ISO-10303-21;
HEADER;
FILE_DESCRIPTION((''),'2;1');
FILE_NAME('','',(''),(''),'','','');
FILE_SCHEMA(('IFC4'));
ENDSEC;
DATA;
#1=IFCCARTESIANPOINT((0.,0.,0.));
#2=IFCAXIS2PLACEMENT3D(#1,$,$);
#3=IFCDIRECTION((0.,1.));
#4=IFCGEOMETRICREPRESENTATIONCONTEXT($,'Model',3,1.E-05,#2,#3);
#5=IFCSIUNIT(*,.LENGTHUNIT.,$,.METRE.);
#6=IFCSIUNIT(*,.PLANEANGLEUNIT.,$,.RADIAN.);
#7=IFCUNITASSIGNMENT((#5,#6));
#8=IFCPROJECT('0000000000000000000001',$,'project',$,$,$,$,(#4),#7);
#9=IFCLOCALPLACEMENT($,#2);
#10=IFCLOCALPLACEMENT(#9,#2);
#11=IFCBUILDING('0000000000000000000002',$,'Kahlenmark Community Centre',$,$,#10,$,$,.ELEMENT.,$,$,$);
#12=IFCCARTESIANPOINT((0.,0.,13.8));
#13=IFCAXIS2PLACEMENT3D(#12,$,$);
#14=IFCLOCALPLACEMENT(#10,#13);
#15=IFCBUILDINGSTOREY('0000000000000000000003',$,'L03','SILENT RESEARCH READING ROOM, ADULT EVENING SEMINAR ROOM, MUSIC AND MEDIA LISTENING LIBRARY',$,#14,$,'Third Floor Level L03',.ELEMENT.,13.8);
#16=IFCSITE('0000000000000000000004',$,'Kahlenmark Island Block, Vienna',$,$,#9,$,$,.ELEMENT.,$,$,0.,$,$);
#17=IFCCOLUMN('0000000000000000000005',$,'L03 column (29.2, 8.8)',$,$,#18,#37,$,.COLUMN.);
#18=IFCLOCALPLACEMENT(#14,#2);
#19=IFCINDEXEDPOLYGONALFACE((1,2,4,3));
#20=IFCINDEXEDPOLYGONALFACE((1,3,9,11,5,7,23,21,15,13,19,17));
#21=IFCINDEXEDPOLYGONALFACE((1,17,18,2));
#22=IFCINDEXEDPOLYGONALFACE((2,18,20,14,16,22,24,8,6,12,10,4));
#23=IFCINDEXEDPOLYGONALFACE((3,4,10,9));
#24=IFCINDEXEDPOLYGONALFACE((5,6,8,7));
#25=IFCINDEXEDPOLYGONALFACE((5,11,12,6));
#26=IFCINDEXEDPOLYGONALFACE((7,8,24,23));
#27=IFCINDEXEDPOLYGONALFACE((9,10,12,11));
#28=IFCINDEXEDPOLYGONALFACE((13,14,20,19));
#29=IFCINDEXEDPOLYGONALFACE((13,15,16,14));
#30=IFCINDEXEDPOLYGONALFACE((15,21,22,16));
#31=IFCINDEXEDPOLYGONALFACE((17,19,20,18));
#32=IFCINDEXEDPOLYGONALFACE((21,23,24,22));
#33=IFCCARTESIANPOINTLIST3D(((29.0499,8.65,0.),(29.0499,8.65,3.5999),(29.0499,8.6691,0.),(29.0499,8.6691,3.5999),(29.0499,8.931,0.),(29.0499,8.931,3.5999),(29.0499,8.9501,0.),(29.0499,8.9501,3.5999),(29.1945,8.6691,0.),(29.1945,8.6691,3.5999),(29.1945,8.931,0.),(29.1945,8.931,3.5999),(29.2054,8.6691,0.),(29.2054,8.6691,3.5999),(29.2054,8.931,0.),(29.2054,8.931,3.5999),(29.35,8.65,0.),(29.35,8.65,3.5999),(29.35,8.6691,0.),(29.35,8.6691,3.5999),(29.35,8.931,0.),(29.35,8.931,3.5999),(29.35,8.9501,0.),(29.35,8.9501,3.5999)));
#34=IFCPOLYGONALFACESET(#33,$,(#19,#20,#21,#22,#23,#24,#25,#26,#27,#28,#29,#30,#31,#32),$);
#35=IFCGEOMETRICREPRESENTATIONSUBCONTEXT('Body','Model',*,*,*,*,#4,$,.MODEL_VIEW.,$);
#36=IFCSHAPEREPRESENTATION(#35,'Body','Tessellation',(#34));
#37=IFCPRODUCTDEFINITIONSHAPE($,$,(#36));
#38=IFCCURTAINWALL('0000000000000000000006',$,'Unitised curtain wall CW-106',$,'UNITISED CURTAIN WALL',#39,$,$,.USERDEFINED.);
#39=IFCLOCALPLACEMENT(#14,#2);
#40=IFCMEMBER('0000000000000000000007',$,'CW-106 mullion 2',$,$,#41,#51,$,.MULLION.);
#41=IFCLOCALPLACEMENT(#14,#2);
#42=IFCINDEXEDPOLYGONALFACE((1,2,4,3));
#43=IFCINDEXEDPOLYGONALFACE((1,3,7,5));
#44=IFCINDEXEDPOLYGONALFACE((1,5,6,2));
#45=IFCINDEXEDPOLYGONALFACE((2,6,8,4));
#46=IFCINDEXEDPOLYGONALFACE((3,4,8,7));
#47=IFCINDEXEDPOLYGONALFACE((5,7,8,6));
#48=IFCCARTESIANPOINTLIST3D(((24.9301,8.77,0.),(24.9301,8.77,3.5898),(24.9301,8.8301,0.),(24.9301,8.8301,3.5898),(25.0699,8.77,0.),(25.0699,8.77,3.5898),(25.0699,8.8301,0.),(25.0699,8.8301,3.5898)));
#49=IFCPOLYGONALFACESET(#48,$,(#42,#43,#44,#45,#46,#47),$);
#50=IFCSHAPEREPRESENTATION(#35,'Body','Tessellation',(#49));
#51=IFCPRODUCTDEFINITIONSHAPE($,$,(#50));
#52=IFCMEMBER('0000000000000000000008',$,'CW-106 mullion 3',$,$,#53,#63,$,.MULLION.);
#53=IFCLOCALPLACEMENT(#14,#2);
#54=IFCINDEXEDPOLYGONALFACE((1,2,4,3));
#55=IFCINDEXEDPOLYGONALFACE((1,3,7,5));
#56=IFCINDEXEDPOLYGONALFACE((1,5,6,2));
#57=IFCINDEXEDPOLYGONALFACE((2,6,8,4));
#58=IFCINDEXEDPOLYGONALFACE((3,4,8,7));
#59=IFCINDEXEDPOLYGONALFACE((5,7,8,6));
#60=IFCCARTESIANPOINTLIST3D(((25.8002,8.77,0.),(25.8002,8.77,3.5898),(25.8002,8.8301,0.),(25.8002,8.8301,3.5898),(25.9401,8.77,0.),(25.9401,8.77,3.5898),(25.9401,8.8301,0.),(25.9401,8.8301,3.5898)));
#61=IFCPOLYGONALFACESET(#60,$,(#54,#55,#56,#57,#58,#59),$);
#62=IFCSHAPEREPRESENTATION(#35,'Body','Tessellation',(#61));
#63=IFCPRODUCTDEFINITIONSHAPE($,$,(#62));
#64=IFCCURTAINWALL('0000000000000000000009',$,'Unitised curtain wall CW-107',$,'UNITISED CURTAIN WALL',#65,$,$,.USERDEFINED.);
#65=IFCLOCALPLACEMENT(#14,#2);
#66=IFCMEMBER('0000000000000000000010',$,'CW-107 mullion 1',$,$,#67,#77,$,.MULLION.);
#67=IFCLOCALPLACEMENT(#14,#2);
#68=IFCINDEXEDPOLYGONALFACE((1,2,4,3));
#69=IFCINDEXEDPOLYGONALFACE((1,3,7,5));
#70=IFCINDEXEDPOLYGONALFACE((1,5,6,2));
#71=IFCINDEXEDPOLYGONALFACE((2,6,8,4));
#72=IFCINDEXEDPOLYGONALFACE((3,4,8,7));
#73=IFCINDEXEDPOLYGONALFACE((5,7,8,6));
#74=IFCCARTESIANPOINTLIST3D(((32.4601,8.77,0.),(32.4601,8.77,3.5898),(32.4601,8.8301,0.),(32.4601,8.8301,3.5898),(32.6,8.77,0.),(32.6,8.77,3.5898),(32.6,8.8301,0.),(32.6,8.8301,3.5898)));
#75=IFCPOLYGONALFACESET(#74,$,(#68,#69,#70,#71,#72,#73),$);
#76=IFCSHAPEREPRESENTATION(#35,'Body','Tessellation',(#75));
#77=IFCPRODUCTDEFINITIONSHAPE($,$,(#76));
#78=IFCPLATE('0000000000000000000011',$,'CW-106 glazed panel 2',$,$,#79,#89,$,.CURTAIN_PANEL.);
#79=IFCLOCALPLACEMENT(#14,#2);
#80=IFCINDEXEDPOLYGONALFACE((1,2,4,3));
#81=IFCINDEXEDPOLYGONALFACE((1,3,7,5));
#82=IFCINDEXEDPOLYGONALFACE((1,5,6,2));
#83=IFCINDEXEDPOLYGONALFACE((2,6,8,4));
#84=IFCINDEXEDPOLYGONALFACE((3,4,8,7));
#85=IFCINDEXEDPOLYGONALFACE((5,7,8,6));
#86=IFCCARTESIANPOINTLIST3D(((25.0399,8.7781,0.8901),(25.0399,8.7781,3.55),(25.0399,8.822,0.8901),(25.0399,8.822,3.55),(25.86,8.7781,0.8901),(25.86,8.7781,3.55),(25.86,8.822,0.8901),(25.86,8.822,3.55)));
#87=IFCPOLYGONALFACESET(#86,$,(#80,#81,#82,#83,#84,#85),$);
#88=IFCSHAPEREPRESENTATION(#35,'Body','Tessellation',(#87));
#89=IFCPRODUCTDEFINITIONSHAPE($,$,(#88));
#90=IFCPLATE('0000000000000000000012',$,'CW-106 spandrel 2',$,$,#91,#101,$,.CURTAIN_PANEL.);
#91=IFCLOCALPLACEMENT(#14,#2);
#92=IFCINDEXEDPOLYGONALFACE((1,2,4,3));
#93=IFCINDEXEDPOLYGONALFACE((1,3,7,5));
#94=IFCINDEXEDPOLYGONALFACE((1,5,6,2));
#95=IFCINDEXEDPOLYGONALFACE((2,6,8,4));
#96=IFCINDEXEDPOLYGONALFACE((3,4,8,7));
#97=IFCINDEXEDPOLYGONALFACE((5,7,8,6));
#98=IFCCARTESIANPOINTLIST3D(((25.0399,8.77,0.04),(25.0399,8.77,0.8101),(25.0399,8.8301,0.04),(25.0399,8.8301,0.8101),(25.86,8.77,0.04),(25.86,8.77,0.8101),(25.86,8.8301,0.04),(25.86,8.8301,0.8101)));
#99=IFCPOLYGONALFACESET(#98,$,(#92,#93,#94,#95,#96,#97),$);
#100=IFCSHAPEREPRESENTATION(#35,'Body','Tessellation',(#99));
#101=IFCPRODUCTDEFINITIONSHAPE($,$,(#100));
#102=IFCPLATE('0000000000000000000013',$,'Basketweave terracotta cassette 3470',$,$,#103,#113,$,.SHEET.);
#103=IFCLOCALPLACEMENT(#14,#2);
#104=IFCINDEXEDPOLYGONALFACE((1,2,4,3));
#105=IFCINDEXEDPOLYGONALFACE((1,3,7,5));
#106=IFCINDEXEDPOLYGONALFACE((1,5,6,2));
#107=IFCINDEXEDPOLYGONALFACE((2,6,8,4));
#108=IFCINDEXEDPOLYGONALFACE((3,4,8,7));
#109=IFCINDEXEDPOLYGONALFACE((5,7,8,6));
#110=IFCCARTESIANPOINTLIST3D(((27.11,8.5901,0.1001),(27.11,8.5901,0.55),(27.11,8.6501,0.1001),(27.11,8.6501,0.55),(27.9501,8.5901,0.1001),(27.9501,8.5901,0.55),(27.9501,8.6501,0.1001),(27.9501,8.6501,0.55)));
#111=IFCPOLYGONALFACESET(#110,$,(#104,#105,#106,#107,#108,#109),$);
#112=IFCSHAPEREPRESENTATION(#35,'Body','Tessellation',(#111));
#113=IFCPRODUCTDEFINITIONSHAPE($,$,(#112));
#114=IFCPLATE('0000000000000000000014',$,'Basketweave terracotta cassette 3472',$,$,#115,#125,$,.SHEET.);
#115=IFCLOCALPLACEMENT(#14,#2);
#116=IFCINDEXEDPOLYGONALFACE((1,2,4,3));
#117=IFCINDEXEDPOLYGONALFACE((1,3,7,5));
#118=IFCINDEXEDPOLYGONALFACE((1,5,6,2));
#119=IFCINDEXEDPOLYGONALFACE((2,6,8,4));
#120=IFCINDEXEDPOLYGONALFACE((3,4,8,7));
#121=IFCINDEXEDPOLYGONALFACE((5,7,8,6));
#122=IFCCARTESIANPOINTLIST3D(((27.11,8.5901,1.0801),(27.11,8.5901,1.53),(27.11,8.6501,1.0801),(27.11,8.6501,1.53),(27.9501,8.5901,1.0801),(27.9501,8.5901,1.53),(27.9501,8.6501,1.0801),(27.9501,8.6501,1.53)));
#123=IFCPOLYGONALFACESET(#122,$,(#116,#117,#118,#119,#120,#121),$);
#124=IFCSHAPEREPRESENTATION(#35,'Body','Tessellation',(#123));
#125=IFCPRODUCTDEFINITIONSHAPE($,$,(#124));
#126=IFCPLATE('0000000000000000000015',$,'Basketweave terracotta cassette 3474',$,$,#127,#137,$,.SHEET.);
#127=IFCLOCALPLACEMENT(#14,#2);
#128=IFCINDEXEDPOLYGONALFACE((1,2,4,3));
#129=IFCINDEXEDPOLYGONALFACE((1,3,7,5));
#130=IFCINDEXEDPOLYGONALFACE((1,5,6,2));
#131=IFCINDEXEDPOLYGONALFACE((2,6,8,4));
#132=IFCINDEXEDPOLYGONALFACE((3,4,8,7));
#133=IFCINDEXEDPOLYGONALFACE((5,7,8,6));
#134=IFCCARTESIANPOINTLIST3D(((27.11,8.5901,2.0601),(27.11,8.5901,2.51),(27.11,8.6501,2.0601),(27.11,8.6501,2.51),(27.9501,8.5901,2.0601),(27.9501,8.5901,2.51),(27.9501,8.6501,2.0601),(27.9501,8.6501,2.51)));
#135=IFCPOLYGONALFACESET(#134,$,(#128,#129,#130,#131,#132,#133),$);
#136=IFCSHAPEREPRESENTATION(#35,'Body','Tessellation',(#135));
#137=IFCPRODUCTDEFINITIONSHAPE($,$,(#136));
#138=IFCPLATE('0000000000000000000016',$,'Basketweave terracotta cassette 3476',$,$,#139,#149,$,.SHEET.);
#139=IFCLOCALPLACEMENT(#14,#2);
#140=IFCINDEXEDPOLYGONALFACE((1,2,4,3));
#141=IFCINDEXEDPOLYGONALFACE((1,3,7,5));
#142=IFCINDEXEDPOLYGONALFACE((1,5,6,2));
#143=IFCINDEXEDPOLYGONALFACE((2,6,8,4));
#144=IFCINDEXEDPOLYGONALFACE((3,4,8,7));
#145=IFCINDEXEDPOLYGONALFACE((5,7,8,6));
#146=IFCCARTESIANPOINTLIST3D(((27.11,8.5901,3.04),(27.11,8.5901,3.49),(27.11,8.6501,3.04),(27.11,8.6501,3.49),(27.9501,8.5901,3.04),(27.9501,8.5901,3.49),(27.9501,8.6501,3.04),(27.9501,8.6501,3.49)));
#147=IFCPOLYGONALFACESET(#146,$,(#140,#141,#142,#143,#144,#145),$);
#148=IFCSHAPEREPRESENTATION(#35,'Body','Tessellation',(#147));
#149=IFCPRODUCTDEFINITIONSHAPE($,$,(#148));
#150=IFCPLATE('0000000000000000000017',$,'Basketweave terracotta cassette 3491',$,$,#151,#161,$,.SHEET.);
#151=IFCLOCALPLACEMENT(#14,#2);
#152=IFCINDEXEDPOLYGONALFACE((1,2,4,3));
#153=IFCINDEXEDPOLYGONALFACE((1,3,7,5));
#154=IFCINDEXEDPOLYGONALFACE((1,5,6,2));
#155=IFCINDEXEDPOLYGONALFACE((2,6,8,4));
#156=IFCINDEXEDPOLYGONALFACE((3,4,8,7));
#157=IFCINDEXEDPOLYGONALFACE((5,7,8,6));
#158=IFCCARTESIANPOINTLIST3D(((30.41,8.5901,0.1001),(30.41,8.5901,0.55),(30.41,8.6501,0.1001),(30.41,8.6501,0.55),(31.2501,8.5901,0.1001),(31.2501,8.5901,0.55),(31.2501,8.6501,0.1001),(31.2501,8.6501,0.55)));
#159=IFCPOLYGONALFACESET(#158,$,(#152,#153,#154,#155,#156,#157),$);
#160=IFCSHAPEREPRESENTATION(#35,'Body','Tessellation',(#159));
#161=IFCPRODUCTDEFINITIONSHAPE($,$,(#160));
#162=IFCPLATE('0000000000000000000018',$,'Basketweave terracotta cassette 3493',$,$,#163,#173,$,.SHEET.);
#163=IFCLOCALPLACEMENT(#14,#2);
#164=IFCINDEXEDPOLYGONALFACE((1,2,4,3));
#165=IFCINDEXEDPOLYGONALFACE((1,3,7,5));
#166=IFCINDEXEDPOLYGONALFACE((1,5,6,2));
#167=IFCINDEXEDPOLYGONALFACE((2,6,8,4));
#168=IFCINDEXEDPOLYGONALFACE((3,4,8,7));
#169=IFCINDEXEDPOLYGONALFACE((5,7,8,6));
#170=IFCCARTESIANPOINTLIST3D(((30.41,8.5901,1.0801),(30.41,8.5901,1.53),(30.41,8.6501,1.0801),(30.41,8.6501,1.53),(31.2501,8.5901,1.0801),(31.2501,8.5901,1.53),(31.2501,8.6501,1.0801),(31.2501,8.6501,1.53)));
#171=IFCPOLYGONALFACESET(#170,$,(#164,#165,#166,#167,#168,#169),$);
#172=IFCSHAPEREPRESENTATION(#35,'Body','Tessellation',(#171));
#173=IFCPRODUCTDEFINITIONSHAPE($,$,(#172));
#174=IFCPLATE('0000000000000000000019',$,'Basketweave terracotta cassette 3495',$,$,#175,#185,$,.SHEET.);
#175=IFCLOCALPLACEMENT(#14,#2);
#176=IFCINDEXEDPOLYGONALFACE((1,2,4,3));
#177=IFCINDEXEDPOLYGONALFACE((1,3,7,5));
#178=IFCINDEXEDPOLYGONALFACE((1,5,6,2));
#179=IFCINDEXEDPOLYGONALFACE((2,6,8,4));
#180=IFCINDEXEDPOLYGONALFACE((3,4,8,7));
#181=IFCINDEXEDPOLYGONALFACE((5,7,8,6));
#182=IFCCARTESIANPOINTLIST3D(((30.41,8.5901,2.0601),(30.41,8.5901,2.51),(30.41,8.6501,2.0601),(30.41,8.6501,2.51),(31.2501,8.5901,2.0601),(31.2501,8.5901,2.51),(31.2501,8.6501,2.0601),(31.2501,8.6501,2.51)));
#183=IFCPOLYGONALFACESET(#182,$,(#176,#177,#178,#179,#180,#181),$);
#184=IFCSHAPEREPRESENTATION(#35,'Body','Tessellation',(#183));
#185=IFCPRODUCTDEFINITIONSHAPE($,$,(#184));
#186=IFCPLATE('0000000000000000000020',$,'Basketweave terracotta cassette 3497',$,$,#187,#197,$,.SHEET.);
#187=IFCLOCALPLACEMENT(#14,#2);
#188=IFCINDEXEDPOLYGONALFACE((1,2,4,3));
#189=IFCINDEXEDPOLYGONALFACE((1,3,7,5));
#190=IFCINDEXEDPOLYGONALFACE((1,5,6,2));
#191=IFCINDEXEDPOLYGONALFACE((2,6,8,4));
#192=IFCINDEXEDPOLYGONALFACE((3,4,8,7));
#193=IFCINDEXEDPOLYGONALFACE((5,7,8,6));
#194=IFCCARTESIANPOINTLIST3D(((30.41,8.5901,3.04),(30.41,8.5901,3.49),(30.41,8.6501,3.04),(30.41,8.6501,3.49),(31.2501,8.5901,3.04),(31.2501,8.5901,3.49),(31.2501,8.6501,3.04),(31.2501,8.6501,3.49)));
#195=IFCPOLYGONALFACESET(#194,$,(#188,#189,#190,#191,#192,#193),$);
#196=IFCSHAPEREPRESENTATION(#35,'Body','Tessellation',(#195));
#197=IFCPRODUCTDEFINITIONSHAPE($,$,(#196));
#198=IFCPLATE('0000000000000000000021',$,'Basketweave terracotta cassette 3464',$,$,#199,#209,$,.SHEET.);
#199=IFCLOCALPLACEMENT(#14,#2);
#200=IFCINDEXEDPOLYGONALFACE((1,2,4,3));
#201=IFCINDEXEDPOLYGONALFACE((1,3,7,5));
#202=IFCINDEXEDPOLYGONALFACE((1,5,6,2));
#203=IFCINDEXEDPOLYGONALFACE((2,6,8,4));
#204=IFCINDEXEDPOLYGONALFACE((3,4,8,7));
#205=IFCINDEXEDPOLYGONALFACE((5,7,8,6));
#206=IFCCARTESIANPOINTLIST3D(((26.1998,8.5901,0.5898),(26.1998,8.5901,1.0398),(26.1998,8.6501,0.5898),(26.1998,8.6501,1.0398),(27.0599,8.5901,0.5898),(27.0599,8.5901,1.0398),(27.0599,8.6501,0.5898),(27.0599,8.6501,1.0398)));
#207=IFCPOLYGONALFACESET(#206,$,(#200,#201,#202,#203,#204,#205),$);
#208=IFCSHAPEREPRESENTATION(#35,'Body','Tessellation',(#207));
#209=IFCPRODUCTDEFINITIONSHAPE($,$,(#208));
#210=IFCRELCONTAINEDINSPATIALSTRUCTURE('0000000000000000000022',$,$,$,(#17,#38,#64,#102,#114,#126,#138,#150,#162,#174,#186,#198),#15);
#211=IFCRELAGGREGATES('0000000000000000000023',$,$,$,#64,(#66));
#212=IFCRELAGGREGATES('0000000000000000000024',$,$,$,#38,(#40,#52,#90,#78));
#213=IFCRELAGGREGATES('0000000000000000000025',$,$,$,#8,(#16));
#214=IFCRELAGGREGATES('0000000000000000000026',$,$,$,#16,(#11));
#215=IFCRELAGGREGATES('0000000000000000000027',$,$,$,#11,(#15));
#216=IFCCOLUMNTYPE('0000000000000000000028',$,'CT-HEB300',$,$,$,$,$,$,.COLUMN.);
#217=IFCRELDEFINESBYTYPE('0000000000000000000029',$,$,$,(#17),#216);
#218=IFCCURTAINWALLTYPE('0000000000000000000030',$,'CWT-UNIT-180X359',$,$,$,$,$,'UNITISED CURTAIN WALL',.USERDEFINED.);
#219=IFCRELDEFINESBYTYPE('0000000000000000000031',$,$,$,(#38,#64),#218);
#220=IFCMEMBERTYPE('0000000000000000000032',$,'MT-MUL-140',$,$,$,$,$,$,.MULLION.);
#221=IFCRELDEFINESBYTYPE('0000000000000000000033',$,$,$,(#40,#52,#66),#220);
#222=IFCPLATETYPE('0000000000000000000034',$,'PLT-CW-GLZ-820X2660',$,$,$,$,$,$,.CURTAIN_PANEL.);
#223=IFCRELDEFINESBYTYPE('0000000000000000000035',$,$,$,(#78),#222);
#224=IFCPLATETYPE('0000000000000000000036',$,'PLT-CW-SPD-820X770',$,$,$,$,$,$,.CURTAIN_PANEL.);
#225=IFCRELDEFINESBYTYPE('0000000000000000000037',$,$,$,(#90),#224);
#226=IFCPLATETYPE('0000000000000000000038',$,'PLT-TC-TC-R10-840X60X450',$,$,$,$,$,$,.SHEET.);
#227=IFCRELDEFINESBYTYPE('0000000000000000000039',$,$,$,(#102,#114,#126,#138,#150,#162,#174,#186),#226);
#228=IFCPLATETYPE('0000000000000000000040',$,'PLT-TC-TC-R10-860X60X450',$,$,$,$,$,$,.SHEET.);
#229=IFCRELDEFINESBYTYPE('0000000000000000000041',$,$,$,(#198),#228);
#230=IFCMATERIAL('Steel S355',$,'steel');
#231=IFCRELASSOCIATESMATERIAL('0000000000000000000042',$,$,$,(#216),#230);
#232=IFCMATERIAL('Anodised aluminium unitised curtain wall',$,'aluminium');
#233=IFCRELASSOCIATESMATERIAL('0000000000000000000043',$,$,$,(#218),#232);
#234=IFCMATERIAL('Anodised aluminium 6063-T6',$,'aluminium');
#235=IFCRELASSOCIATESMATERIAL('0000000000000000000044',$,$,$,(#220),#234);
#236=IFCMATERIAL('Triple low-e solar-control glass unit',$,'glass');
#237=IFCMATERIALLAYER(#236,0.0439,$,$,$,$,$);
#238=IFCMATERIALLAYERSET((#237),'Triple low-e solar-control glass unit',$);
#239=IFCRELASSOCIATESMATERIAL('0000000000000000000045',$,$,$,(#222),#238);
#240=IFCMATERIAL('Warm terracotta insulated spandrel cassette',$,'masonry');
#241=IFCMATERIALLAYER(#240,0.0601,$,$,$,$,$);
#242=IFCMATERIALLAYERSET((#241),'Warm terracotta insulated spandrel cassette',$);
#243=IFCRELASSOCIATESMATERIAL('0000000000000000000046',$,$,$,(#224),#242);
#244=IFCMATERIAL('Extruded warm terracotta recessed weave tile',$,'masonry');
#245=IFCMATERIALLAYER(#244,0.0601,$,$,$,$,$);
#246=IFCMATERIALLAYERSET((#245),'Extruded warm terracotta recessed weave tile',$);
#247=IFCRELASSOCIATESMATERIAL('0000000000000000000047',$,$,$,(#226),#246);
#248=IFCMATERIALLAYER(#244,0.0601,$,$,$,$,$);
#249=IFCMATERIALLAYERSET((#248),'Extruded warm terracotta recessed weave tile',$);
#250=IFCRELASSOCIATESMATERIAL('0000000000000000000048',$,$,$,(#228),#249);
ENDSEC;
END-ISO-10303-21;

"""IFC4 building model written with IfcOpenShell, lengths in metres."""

from ifc_helpers import new_model, si_unit, direction, frame, origin, origin_2d, place, context, subcontext, project, spatial, rectangle, i_section, extrude, material, layer, layer_set, material_profile, profile_set, type_object, element, aggregate, save


model = new_model("IFC4")

# Units and contexts
model_context = context("Model", 3, precision=1e-05, world=origin(), true_north=direction((0.0, 1.0)))
body_context = subcontext(model_context, "Body", "Model", "MODEL_VIEW")
ifc_project = project(units=[si_unit("LENGTHUNIT", "METRE"), si_unit("PLANEANGLEUNIT", "RADIAN")], contexts=[model_context])

# Site, building, storey
site_placement = place(None, origin())
site = spatial("IfcSite", under=ifc_project, at=site_placement, Name="Kahlenmark Island Block, Vienna", CompositionType="ELEMENT", RefElevation=0.0)
building_placement = place(site_placement, origin())
building = spatial("IfcBuilding", under=site, at=building_placement, Name="Kahlenmark Community Centre", CompositionType="ELEMENT")
storey_placement = place(building_placement, frame((0.0, 0.0, 13.8)))
storey = spatial("IfcBuildingStorey", under=building, at=storey_placement, Name="L03", Description="SILENT RESEARCH READING ROOM, ADULT EVENING SEMINAR ROOM, MUSIC AND MEDIA LISTENING LIBRARY", LongName="Third Floor Level L03", CompositionType="ELEMENT", Elevation=13.8)

# Column
ifc_material_1 = material(Name="Steel S355", Category="steel")
ifc_material_profile_1 = material_profile(ifc_material_1, i_section(OverallWidth=0.3, OverallDepth=0.3, WebThickness=0.011, FlangeThickness=0.019, at=origin_2d()), Name="HEB 300")
ifc_profile_set_1 = profile_set([ifc_material_profile_1], Name="Steel S355")
column_type = type_object("IfcColumnType", Name="CT-HEB300", PredefinedType="COLUMN", material=ifc_profile_set_1)
column_placement = place(storey_placement, frame((29.2, 8.8, 0.0), z_axis=(0.0, 0.0, 1.0), x_axis=(1.0, 0.0, 0.0)))
element("IfcColumn", 1, at=column_placement, inside=storey, type_object=column_type, Name="L03 column (29.2, 8.8)", PredefinedType="COLUMN", context=body_context, shape_type="SweptSolid", body=[
    extrude(i_section(OverallWidth=0.3, OverallDepth=0.3, WebThickness=0.011, FlangeThickness=0.019, at=origin_2d()), origin(), (0.0, 0.0, 1.0), 3.5999),
])

# Curtain wall, members
ifc_material_2 = material(Name="Anodised aluminium unitised curtain wall", Category="aluminium")
curtain_wall_type = type_object("IfcCurtainWallType", Name="CWT-UNIT-180X359", ElementType="UNITISED CURTAIN WALL", PredefinedType="USERDEFINED", material=ifc_material_2)
curtain_wall_1_placement = place(storey_placement, origin())
curtain_wall_1 = element("IfcCurtainWall", 2, at=curtain_wall_1_placement, inside=storey, type_object=curtain_wall_type, Name="Unitised curtain wall CW-106", ObjectType="UNITISED CURTAIN WALL", PredefinedType="USERDEFINED")
ifc_material_3 = material(Name="Anodised aluminium 6063-T6", Category="aluminium")
ifc_material_profile_2 = material_profile(ifc_material_3, rectangle(XDim=0.0601, YDim=0.1399, at=origin_2d()), Name="ALU MULLION 60x140")
ifc_profile_set_2 = profile_set([ifc_material_profile_2], Name="Anodised aluminium 6063-T6")
member_type = type_object("IfcMemberType", Name="MT-MUL-140", PredefinedType="MULLION", material=ifc_profile_set_2)
member_1_placement = place(storey_placement, frame((25.0, 8.8, 0.0), z_axis=(0.0, 0.0, 1.0), x_axis=(0.0, 1.0, 0.0)))
member_1 = element("IfcMember", 3, at=member_1_placement, type_object=member_type, Name="CW-106 mullion 2", PredefinedType="MULLION", context=body_context, shape_type="SweptSolid", body=[
    extrude(rectangle(XDim=0.0601, YDim=0.1399, at=origin_2d()), origin(), (0.0, 0.0, 1.0), 3.5898),
])
member_2_placement = place(storey_placement, frame((25.8701, 8.8, 0.0), z_axis=(0.0, 0.0, 1.0), x_axis=(0.0, 1.0, 0.0)))
member_2 = element("IfcMember", 4, at=member_2_placement, type_object=member_type, Name="CW-106 mullion 3", PredefinedType="MULLION", context=body_context, shape_type="SweptSolid", body=[
    extrude(rectangle(XDim=0.0601, YDim=0.1399, at=origin_2d()), origin(), (0.0, 0.0, 1.0), 3.5898),
])

# Curtain wall, member
curtain_wall_2_placement = place(storey_placement, origin())
curtain_wall_2 = element("IfcCurtainWall", 5, at=curtain_wall_2_placement, inside=storey, type_object=curtain_wall_type, Name="Unitised curtain wall CW-107", ObjectType="UNITISED CURTAIN WALL", PredefinedType="USERDEFINED")
member_3_placement = place(storey_placement, frame((32.53, 8.8, 0.0), z_axis=(0.0, 0.0, 1.0), x_axis=(0.0, 1.0, 0.0)))
member_3 = element("IfcMember", 6, at=member_3_placement, type_object=member_type, Name="CW-107 mullion 1", PredefinedType="MULLION", context=body_context, shape_type="SweptSolid", body=[
    extrude(rectangle(XDim=0.0601, YDim=0.1399, at=origin_2d()), origin(), (0.0, 0.0, 1.0), 3.5898),
])
aggregate(curtain_wall_2, [member_3])

# Plates
ifc_material_4 = material(Name="Triple low-e solar-control glass unit", Category="glass")
ifc_layer_1 = layer(ifc_material_4, 0.0439)
ifc_layer_set_1 = layer_set([ifc_layer_1], Name="Triple low-e solar-control glass unit")
plate_type_1 = type_object("IfcPlateType", Name="PLT-CW-GLZ-820X2660", PredefinedType="CURTAIN_PANEL", material=ifc_layer_set_1)
plate_1_placement = place(storey_placement, frame((25.45, 8.8, 0.8901), z_axis=(0.0, 0.0, 1.0), x_axis=(1.0, 0.0, 0.0)))
plate_1 = element("IfcPlate", 7, at=plate_1_placement, type_object=plate_type_1, Name="CW-106 glazed panel 2", PredefinedType="CURTAIN_PANEL", context=body_context, shape_type="SweptSolid", body=[
    extrude(rectangle(XDim=0.8201, YDim=0.0439, at=origin_2d()), origin(), (0.0, 0.0, 1.0), 2.6599),
])
ifc_material_5 = material(Name="Warm terracotta insulated spandrel cassette", Category="masonry")
ifc_layer_2 = layer(ifc_material_5, 0.0601)
ifc_layer_set_2 = layer_set([ifc_layer_2], Name="Warm terracotta insulated spandrel cassette")
plate_type_2 = type_object("IfcPlateType", Name="PLT-CW-SPD-820X770", PredefinedType="CURTAIN_PANEL", material=ifc_layer_set_2)
plate_2_placement = place(storey_placement, frame((25.45, 8.8, 0.04), z_axis=(0.0, 0.0, 1.0), x_axis=(1.0, 0.0, 0.0)))
plate_2 = element("IfcPlate", 8, at=plate_2_placement, type_object=plate_type_2, Name="CW-106 spandrel 2", PredefinedType="CURTAIN_PANEL", context=body_context, shape_type="SweptSolid", body=[
    extrude(rectangle(XDim=0.8201, YDim=0.0601, at=origin_2d()), origin(), (0.0, 0.0, 1.0), 0.77),
])
aggregate(curtain_wall_1, [member_1, member_2, plate_2, plate_1])

# Plates
ifc_material_6 = material(Name="Extruded warm terracotta recessed weave tile", Category="masonry")
ifc_layer_3 = layer(ifc_material_6, 0.0601)
ifc_layer_set_3 = layer_set([ifc_layer_3], Name="Extruded warm terracotta recessed weave tile")
plate_type_3 = type_object("IfcPlateType", Name="PLT-TC-TC-R10-840X60X450", PredefinedType="SHEET", material=ifc_layer_set_3)
for number, where, z_axis, x_axis, name in (
    (9, (27.53, 8.6201, 0.1001), (0.0, 0.0, 1.0), (1.0, 0.0, 0.0), "Basketweave terracotta cassette 3470"),
    (10, (27.53, 8.6201, 1.0801), (0.0, 0.0, 1.0), (1.0, 0.0, 0.0), "Basketweave terracotta cassette 3472"),
    (11, (27.53, 8.6201, 2.0601), (0.0, 0.0, 1.0), (1.0, 0.0, 0.0), "Basketweave terracotta cassette 3474"),
    (12, (27.53, 8.6201, 3.04), (0.0, 0.0, 1.0), (1.0, 0.0, 0.0), "Basketweave terracotta cassette 3476"),
    (13, (30.8301, 8.6201, 0.1001), (0.0, 0.0, 1.0), (1.0, 0.0, 0.0), "Basketweave terracotta cassette 3491"),
    (14, (30.8301, 8.6201, 1.0801), (0.0, 0.0, 1.0), (1.0, 0.0, 0.0), "Basketweave terracotta cassette 3493"),
    (15, (30.8301, 8.6201, 2.0601), (0.0, 0.0, 1.0), (1.0, 0.0, 0.0), "Basketweave terracotta cassette 3495"),
    (16, (30.8301, 8.6201, 3.04), (0.0, 0.0, 1.0), (1.0, 0.0, 0.0), "Basketweave terracotta cassette 3497"),
):
    element("IfcPlate", number, at=place(storey_placement, frame(where, z_axis=z_axis, x_axis=x_axis)), inside=storey, type_object=plate_type_3, Name=name, PredefinedType="SHEET", context=body_context, shape_type="SweptSolid", body=[
        extrude(rectangle(XDim=0.8401, YDim=0.0601, at=origin_2d()), origin(), (0.0, 0.0, 1.0), 0.45),
    ])
ifc_layer_4 = layer(ifc_material_6, 0.0601)
ifc_layer_set_4 = layer_set([ifc_layer_4], Name="Extruded warm terracotta recessed weave tile")
plate_type_4 = type_object("IfcPlateType", Name="PLT-TC-TC-R10-860X60X450", PredefinedType="SHEET", material=ifc_layer_set_4)
for number, where, z_axis, x_axis, name in (
    (17, (26.6299, 8.6201, 0.5898), (0.0, 0.0, 1.0), (1.0, 0.0, 0.0), "Basketweave terracotta cassette 3464"),
):
    element("IfcPlate", number, at=place(storey_placement, frame(where, z_axis=z_axis, x_axis=x_axis)), inside=storey, type_object=plate_type_4, Name=name, PredefinedType="SHEET", context=body_context, shape_type="SweptSolid", body=[
        extrude(rectangle(XDim=0.8601, YDim=0.0601, at=origin_2d()), origin(), (0.0, 0.0, 1.0), 0.45),
    ])

save(model, "model.ifc")
